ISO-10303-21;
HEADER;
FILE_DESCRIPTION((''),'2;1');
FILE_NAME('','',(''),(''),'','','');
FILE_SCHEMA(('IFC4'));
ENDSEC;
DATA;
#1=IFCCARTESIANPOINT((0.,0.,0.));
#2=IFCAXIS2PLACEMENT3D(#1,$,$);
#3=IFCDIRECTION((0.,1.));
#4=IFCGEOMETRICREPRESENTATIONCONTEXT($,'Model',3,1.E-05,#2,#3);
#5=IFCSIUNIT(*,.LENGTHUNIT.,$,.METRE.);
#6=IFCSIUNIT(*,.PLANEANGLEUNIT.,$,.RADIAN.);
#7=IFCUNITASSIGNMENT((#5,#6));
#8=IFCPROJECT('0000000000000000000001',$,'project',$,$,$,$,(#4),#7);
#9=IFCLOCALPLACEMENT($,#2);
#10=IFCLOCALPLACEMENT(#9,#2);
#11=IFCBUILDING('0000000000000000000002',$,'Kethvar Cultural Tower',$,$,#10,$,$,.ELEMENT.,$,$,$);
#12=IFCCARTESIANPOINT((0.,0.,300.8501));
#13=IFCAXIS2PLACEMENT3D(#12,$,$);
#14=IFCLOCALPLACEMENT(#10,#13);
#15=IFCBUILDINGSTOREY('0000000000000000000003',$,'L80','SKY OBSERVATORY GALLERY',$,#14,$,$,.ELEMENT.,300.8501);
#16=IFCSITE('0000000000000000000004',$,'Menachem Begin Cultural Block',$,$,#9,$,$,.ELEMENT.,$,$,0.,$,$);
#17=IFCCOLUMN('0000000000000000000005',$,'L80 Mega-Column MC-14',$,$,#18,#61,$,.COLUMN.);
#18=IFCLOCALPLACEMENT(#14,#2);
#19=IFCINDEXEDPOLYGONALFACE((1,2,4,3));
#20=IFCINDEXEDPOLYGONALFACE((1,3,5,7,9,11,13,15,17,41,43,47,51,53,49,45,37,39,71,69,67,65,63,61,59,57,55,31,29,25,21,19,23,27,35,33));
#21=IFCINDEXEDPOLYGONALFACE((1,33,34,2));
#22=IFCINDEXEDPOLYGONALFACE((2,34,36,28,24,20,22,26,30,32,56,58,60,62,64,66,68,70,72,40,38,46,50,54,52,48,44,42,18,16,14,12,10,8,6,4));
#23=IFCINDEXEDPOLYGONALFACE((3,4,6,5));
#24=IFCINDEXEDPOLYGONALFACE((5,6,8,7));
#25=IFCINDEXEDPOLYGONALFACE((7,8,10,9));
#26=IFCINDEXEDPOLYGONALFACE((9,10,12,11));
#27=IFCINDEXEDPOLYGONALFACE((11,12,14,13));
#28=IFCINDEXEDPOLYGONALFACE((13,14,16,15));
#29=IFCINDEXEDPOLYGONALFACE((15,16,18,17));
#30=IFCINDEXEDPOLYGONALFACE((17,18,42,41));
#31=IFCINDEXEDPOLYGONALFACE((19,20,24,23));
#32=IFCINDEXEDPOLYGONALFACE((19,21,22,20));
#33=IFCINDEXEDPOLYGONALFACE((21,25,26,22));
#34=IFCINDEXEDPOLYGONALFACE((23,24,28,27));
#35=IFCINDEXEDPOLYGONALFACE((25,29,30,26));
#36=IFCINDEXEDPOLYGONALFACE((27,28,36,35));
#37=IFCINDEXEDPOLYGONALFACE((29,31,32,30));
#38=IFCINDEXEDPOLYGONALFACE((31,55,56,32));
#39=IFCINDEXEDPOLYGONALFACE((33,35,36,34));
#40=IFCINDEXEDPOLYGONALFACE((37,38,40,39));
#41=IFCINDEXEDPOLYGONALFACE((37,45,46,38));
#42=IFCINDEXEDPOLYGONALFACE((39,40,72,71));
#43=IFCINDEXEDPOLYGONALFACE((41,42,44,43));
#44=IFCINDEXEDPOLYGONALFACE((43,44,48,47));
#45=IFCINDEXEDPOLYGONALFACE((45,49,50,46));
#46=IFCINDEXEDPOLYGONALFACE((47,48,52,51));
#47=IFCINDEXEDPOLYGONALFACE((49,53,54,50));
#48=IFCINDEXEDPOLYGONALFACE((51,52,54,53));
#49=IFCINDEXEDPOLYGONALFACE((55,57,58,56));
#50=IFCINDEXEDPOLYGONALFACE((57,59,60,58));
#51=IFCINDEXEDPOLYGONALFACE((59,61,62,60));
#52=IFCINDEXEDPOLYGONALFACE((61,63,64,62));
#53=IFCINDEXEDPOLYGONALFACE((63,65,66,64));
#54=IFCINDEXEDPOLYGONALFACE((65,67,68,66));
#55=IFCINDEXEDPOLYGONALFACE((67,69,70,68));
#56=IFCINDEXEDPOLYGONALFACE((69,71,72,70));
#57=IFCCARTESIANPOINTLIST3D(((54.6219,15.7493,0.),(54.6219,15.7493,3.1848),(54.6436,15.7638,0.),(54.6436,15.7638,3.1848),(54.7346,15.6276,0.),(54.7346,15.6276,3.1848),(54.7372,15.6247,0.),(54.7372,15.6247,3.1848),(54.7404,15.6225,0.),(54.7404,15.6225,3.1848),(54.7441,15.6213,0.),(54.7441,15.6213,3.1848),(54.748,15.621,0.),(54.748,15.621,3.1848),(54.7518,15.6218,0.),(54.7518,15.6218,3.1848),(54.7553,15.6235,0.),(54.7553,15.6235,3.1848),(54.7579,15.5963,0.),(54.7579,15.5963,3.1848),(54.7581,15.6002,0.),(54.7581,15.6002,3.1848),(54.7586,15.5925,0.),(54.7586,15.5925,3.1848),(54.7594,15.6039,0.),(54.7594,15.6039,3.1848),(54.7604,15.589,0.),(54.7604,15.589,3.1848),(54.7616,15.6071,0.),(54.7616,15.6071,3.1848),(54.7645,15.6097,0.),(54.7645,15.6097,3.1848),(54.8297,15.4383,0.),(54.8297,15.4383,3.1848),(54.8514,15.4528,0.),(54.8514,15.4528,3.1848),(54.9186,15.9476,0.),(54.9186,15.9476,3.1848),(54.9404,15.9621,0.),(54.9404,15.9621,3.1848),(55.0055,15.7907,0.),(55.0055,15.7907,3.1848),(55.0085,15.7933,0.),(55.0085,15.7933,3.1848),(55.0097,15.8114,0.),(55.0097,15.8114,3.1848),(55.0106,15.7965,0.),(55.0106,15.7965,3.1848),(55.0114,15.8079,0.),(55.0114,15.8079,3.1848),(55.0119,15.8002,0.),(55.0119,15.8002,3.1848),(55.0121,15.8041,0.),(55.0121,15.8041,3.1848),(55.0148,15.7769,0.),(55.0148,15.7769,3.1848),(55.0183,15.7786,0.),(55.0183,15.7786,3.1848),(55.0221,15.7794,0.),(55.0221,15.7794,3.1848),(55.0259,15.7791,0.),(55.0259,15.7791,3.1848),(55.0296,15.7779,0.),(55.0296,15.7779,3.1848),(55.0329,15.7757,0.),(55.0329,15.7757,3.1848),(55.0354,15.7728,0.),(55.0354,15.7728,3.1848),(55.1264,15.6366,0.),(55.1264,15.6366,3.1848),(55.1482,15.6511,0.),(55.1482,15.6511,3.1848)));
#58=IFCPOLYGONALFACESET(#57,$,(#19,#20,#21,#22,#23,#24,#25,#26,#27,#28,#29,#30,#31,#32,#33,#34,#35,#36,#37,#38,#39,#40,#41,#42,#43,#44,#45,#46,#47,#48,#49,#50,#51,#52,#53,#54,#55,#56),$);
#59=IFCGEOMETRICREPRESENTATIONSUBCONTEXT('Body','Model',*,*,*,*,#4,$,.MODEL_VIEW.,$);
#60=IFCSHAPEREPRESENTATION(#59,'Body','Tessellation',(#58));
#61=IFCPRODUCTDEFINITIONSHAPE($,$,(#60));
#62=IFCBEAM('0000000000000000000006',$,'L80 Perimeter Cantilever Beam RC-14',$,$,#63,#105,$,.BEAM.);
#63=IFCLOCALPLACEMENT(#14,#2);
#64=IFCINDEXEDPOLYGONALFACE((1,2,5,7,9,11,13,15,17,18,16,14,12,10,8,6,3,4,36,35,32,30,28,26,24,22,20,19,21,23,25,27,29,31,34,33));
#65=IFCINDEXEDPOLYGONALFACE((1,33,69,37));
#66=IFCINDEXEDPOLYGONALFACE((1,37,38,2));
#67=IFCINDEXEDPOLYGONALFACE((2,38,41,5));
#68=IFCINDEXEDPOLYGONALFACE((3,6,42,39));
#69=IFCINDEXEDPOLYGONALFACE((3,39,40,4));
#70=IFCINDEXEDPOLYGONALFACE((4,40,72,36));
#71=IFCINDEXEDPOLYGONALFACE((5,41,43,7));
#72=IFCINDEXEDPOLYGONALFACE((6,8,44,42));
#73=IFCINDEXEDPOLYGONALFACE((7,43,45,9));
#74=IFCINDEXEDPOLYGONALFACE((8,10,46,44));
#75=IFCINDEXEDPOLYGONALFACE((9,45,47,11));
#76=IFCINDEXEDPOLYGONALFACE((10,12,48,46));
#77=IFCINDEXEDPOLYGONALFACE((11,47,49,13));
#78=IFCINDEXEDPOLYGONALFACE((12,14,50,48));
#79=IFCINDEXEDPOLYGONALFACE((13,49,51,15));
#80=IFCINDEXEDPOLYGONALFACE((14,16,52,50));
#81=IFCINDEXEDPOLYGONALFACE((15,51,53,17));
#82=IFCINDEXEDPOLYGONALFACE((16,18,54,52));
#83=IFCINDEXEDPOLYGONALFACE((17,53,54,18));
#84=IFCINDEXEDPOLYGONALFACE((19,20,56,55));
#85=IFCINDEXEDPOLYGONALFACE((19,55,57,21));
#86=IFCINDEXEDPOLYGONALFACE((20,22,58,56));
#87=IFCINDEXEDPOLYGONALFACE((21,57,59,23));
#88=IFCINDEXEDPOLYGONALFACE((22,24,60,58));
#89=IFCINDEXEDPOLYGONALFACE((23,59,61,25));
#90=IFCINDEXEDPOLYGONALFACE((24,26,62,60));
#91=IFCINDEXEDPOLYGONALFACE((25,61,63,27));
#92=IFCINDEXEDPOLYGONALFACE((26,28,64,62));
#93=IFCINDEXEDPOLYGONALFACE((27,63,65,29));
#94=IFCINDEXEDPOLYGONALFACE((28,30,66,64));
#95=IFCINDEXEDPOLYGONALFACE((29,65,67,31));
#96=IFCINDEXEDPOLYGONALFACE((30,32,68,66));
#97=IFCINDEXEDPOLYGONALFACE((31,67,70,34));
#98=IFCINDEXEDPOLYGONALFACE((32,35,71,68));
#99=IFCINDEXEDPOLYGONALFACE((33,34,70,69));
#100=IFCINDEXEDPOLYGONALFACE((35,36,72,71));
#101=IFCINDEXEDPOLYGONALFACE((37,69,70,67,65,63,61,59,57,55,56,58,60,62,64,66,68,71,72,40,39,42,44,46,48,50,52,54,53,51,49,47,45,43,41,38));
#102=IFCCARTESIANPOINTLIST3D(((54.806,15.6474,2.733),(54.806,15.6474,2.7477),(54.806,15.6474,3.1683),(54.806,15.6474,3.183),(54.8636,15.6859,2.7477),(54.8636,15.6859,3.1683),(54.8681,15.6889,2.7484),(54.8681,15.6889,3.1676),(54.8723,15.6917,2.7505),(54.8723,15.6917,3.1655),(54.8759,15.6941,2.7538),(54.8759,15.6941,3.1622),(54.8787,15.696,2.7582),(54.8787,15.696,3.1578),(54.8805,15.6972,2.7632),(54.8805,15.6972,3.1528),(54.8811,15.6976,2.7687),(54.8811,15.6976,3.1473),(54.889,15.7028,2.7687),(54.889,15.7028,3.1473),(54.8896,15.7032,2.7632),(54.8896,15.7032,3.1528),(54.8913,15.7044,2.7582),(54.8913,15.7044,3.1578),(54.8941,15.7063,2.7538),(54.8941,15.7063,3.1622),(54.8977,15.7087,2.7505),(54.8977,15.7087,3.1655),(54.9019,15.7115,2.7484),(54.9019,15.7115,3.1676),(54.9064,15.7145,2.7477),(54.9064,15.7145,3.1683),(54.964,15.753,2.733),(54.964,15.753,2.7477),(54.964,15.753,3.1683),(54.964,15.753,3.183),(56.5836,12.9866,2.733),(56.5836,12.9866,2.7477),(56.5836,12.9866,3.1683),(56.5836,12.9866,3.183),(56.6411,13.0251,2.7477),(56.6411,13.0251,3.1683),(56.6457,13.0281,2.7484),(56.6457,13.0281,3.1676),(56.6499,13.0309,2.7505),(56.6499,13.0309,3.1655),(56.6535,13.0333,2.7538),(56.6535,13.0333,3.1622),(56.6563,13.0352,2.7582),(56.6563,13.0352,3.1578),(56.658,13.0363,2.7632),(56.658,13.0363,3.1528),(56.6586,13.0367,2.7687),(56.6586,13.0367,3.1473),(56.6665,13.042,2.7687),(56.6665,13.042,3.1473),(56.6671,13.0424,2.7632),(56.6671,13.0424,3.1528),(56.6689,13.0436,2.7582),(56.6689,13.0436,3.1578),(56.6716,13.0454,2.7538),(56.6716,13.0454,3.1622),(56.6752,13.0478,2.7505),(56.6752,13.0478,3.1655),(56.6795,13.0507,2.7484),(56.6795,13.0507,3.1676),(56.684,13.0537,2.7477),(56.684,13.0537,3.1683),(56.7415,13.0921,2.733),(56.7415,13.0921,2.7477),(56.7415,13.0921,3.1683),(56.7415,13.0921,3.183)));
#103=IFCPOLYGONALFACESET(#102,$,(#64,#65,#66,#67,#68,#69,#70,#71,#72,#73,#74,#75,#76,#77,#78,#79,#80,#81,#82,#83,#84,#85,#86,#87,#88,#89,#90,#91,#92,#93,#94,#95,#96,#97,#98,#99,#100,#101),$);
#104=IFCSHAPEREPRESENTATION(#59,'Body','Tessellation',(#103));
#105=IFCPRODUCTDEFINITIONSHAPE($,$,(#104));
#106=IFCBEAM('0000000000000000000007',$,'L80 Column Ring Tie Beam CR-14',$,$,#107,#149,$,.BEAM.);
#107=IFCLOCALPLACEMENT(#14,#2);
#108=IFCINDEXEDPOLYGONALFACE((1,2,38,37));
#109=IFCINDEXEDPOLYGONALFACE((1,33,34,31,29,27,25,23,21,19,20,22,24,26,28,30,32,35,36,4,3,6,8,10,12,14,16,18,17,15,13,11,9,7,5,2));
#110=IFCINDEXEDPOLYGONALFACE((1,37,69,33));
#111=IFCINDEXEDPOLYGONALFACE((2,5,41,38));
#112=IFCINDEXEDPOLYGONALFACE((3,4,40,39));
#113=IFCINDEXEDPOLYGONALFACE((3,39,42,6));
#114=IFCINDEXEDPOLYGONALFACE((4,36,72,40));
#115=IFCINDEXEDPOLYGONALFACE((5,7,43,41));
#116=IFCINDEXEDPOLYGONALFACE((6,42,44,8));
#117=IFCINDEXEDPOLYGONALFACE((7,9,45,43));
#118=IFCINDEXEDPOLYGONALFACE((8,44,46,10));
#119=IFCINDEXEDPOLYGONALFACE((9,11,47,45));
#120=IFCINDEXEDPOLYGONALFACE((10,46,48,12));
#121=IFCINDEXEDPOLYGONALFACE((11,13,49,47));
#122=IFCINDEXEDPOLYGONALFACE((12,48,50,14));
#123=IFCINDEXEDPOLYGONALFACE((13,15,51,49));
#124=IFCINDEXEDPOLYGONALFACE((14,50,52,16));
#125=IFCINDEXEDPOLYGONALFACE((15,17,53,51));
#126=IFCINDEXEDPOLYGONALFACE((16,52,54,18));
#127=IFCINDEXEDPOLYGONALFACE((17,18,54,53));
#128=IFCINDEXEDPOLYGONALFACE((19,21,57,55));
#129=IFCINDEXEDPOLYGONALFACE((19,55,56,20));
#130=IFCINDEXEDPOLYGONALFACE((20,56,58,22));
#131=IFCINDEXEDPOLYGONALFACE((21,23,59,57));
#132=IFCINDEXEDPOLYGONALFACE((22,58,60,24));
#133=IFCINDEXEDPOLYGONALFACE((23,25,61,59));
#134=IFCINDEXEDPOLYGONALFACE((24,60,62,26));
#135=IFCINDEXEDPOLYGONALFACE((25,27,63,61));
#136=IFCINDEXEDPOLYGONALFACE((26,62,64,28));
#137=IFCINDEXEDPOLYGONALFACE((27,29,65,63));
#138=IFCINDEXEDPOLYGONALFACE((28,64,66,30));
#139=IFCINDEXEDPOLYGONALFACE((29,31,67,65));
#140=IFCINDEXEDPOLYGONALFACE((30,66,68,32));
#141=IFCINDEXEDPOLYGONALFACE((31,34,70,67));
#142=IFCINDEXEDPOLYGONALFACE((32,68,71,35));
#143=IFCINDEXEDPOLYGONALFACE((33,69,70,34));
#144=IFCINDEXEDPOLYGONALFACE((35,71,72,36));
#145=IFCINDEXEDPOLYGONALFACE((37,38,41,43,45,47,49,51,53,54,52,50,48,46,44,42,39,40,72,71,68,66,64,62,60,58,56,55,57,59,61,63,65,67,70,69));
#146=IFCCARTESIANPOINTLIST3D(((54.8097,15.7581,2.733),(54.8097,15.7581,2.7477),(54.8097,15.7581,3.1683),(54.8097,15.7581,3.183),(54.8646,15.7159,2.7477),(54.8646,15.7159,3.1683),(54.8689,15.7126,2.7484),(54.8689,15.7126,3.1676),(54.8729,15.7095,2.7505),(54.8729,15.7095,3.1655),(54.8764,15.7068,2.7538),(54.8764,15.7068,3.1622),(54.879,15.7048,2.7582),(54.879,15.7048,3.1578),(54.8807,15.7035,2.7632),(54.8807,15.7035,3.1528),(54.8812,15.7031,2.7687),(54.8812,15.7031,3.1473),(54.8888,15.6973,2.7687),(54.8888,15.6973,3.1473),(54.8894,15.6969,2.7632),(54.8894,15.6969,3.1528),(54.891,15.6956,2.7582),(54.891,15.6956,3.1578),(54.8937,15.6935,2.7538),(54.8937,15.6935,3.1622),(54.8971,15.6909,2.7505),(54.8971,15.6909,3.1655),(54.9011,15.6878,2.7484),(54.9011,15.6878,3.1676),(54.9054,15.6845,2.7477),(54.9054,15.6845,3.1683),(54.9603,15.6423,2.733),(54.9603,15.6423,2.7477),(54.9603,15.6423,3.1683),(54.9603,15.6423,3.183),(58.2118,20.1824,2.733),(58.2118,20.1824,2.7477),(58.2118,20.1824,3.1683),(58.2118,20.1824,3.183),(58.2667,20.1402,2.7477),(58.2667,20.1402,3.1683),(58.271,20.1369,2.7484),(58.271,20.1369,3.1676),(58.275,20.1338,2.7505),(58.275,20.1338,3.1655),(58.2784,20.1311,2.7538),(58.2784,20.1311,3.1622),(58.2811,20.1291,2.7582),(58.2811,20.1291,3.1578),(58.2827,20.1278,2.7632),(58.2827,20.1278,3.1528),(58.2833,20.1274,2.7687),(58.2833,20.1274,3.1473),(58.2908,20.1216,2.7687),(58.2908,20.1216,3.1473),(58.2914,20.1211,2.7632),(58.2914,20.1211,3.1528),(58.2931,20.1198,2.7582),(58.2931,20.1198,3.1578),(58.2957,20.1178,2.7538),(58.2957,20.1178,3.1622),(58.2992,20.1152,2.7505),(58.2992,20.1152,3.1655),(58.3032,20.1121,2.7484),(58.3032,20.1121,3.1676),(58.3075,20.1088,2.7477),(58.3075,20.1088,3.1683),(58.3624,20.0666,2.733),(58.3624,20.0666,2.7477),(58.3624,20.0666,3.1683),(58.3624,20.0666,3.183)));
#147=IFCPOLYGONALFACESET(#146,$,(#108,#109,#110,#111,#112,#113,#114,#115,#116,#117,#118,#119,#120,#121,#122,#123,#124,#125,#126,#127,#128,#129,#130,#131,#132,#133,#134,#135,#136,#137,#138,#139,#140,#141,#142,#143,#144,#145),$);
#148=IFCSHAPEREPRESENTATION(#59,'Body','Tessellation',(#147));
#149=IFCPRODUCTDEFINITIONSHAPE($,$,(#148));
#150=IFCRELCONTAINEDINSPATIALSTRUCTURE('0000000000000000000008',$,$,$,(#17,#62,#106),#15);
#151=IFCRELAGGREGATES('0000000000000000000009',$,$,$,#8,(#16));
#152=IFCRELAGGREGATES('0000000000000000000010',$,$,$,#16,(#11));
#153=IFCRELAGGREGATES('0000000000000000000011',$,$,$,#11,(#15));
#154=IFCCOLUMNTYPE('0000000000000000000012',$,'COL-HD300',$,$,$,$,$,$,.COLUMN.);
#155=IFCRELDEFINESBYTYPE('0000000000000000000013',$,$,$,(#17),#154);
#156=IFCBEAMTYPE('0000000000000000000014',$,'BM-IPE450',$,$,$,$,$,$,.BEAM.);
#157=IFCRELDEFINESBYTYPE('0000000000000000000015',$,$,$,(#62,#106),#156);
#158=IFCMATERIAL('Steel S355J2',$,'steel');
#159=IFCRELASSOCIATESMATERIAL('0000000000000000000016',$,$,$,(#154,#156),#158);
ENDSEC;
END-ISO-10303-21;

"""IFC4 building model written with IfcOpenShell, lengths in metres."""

from ifc_helpers import new_model, si_unit, direction, frame, origin, origin_2d, place, context, subcontext, project, spatial, i_section, extrude, source, transform, mapped, material, material_profile, profile_set, type_object, element, save


model = new_model("IFC4")

# Units and contexts
model_context = context("Model", 3, precision=1e-05, world=origin(), true_north=direction((0.0, 1.0)))
body_context = subcontext(model_context, "Body", "Model", "MODEL_VIEW")
ifc_project = project(units=[si_unit("LENGTHUNIT", "METRE"), si_unit("PLANEANGLEUNIT", "RADIAN")], contexts=[model_context])

# Site, building, storey
site_placement = place(None, origin())
site = spatial("IfcSite", under=ifc_project, at=site_placement, Name="Menachem Begin Cultural Block", CompositionType="ELEMENT", RefElevation=0.0)
building_placement = place(site_placement, origin())
building = spatial("IfcBuilding", under=site, at=building_placement, Name="Kethvar Cultural Tower", CompositionType="ELEMENT")
storey_placement = place(building_placement, frame((0.0, 0.0, 300.8501)))
storey = spatial("IfcBuildingStorey", under=building, at=storey_placement, Name="L80", Description="SKY OBSERVATORY GALLERY", CompositionType="ELEMENT", Elevation=300.8501)

# Column
ifc_material_1 = material(Name="Steel S355J2", Category="steel")
ifc_material_profile_1 = material_profile(ifc_material_1, i_section(OverallWidth=0.374, OverallDepth=0.3831, WebThickness=0.0166, FlangeThickness=0.0261, FilletRadius=0.0149, at=origin_2d()), Name="Steel S355J2 — HD360x300")
ifc_profile_set_1 = profile_set([ifc_material_profile_1], Name="Steel S355J2 — HD360x300")
column_type = type_object("IfcColumnType", Name="COL-HD300", PredefinedType="COLUMN", material=ifc_profile_set_1)
shared_shape_1 = source(origin(), body_context, "Body", "SweptSolid", [
    extrude(i_section(OverallWidth=0.374, OverallDepth=0.3831, WebThickness=0.0166, FlangeThickness=0.0261, FilletRadius=0.0149, at=origin_2d()), origin(), (0.0, 0.0, 1.0), 3.1848),
])
column_placement = place(storey_placement, frame((54.885, 15.7002, 0.0), z_axis=(0.0, 0.0, 1.0), x_axis=(0.55557, -0.83147, 0.0)))
element("IfcColumn", 1, at=column_placement, inside=storey, type_object=column_type, Name="L80 Mega-Column MC-14", PredefinedType="COLUMN", context=body_context, shape_type="MappedRepresentation", body=[
    mapped(shared_shape_1, transform((0.0, 0.0, 0.0), scale=1.0)),
])

# Beams
ifc_material_profile_2 = material_profile(ifc_material_1, i_section(OverallWidth=0.1899, OverallDepth=0.45, WebThickness=0.0095, FlangeThickness=0.0146, FilletRadius=0.021, at=origin_2d()), Name="Steel S355J2 — IPE450")
ifc_profile_set_2 = profile_set([ifc_material_profile_2], Name="Steel S355J2 — IPE450")
beam_type_1 = type_object("IfcBeamType", Name="BM-IPE450", PredefinedType="BEAM", material=ifc_profile_set_2)
shared_shape_2 = source(origin(), body_context, "Body", "SweptSolid", [
    extrude(i_section(OverallWidth=0.1899, OverallDepth=0.45, WebThickness=0.0095, FlangeThickness=0.0146, FilletRadius=0.021, at=origin_2d()), origin(), (0.0, 0.0, 1.0), 3.2),
])
beam_1_placement = place(storey_placement, frame((54.885, 15.7002, 2.958), z_axis=(0.555492, -0.831522, 0.0), x_axis=(0.831522, 0.555492, 0.0)))
element("IfcBeam", 2, at=beam_1_placement, inside=storey, type_object=beam_type_1, Name="L80 Perimeter Cantilever Beam RC-14", PredefinedType="BEAM", context=body_context, shape_type="MappedRepresentation", body=[
    mapped(shared_shape_2, transform((0.0, 0.0, 0.0), scale=1.0)),
])
shared_shape_3 = source(origin(), body_context, "Body", "SweptSolid", [
    extrude(i_section(OverallWidth=0.1899, OverallDepth=0.45, WebThickness=0.0095, FlangeThickness=0.0146, FilletRadius=0.021, at=origin_2d()), origin(), (0.0, 0.0, 1.0), 5.5811),
])
beam_2_placement = place(storey_placement, frame((54.885, 15.7002, 2.958), z_axis=(0.609573, 0.79273, 0.0), x_axis=(-0.79273, 0.609573, 0.0)))
element("IfcBeam", 3, at=beam_2_placement, inside=storey, type_object=beam_type_1, Name="L80 Column Ring Tie Beam CR-14", PredefinedType="BEAM", context=body_context, shape_type="MappedRepresentation", body=[
    mapped(shared_shape_3, transform((0.0, 0.0, 0.0), scale=1.0)),
])

save(model, "model.ifc")
